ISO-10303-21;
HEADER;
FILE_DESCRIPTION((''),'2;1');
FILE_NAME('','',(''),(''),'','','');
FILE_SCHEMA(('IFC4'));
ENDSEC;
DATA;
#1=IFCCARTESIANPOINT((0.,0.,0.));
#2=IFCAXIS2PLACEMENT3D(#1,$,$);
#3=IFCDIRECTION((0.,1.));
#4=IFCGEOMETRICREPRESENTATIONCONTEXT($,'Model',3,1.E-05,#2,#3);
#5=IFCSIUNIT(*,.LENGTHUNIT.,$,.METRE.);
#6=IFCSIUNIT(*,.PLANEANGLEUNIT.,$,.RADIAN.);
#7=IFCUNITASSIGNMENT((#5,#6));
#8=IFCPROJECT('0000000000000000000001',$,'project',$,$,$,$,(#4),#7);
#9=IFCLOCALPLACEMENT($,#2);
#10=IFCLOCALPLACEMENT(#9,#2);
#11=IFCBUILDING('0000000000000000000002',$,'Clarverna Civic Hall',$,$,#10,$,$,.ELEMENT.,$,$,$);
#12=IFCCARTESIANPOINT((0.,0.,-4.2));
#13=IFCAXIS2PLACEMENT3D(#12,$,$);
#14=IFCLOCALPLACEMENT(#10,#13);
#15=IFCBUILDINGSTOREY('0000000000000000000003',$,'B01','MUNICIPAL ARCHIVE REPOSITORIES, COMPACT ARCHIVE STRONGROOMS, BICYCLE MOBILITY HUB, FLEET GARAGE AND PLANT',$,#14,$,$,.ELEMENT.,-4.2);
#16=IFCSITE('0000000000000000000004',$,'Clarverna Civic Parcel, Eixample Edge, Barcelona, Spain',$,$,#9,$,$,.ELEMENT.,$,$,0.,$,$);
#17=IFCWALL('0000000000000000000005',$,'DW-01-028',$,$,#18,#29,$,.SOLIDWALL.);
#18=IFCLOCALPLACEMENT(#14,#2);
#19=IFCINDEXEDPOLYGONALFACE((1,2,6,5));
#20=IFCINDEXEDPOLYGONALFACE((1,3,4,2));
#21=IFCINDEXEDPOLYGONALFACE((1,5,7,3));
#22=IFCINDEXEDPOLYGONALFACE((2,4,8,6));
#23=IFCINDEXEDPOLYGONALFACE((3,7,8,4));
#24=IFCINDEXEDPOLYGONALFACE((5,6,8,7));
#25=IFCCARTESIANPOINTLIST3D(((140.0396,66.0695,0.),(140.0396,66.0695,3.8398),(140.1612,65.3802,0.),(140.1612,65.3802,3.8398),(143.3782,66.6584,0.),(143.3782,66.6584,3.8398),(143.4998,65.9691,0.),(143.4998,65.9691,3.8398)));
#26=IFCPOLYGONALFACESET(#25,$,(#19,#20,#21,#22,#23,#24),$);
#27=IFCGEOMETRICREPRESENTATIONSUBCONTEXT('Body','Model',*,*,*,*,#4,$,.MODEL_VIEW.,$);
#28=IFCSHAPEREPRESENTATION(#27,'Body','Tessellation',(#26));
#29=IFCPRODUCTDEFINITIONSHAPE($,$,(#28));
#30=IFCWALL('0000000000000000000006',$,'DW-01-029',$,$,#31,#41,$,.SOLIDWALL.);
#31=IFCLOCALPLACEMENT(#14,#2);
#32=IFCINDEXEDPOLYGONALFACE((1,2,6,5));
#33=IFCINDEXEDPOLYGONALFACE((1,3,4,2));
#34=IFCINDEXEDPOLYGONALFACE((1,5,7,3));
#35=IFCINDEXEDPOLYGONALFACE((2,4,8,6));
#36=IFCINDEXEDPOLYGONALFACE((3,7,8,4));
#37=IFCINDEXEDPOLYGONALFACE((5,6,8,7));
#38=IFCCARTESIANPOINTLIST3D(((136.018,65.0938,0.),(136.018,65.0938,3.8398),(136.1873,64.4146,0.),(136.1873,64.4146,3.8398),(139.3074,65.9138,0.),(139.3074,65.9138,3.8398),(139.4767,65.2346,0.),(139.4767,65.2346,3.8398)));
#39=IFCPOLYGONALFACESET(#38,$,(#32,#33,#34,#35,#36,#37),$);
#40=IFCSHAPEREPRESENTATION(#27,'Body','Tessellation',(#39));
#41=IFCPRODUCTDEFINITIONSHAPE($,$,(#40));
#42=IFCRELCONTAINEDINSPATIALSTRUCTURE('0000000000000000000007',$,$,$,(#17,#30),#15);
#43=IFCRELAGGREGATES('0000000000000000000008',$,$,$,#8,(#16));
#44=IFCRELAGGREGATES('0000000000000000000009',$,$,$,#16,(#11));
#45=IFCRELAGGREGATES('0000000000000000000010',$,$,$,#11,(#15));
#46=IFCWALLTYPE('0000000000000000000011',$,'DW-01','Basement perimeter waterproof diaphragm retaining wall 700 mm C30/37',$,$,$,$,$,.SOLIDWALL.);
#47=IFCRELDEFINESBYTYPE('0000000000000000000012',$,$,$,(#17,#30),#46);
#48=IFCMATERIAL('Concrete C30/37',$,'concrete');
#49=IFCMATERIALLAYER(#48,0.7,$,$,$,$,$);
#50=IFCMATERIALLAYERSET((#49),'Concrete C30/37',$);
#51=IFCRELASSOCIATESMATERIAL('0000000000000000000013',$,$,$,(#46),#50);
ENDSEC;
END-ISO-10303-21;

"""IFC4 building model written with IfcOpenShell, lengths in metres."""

from ifc_helpers import new_model, si_unit, direction, frame, frame_2d, origin, place, context, subcontext, project, spatial, rectangle, extrude, material, layer, layer_set, type_object, element, save


model = new_model("IFC4")

# Units and contexts
model_context = context("Model", 3, precision=1e-05, world=origin(), true_north=direction((0.0, 1.0)))
body_context = subcontext(model_context, "Body", "Model", "MODEL_VIEW")
ifc_project = project(units=[si_unit("LENGTHUNIT", "METRE"), si_unit("PLANEANGLEUNIT", "RADIAN")], contexts=[model_context])

# Site, building, storey
site_placement = place(None, origin())
site = spatial("IfcSite", under=ifc_project, at=site_placement, Name="Clarverna Civic Parcel, Eixample Edge, Barcelona, Spain", CompositionType="ELEMENT", RefElevation=0.0)
building_placement = place(site_placement, origin())
building = spatial("IfcBuilding", under=site, at=building_placement, Name="Clarverna Civic Hall", CompositionType="ELEMENT")
storey_placement = place(building_placement, frame((0.0, 0.0, -4.2)))
storey = spatial("IfcBuildingStorey", under=building, at=storey_placement, Name="B01", Description="MUNICIPAL ARCHIVE REPOSITORIES, COMPACT ARCHIVE STRONGROOMS, BICYCLE MOBILITY HUB, FLEET GARAGE AND PLANT", CompositionType="ELEMENT", Elevation=-4.2)

# Shared definitions
ifc_material_1 = material(Name="Concrete C30/37", Category="concrete")

# Walls
ifc_layer = layer(ifc_material_1, 0.7)
ifc_layer_set = layer_set([ifc_layer], Name="Concrete C30/37")
wall_type = type_object("IfcWallType", Name="DW-01", Description="Basement perimeter waterproof diaphragm retaining wall 700 mm C30/37", PredefinedType="SOLIDWALL", material=ifc_layer_set)
for number, where, z_axis, x_axis, name in (
    (1, (143.439, 66.3137, 0.0), (0.0, 0.0, 1.0), (-0.984799, -0.173699, 0.0), "DW-01-028"),
    (2, (139.3921, 65.5742, 0.0), (0.0, 0.0, 1.0), (-0.970303, -0.241892, 0.0), "DW-01-029"),
):
    element("IfcWall", number, at=place(storey_placement, frame(where, z_axis=z_axis, x_axis=x_axis)), inside=storey, type_object=wall_type, Name=name, PredefinedType="SOLIDWALL", context=body_context, shape_type="SweptSolid", body=[
        extrude(rectangle(XDim=3.3901, YDim=0.7, at=frame_2d((1.6951, 0.0))), origin(), (0.0, 0.0, 1.0), 3.8398),
    ])

save(model, "model.ifc")
